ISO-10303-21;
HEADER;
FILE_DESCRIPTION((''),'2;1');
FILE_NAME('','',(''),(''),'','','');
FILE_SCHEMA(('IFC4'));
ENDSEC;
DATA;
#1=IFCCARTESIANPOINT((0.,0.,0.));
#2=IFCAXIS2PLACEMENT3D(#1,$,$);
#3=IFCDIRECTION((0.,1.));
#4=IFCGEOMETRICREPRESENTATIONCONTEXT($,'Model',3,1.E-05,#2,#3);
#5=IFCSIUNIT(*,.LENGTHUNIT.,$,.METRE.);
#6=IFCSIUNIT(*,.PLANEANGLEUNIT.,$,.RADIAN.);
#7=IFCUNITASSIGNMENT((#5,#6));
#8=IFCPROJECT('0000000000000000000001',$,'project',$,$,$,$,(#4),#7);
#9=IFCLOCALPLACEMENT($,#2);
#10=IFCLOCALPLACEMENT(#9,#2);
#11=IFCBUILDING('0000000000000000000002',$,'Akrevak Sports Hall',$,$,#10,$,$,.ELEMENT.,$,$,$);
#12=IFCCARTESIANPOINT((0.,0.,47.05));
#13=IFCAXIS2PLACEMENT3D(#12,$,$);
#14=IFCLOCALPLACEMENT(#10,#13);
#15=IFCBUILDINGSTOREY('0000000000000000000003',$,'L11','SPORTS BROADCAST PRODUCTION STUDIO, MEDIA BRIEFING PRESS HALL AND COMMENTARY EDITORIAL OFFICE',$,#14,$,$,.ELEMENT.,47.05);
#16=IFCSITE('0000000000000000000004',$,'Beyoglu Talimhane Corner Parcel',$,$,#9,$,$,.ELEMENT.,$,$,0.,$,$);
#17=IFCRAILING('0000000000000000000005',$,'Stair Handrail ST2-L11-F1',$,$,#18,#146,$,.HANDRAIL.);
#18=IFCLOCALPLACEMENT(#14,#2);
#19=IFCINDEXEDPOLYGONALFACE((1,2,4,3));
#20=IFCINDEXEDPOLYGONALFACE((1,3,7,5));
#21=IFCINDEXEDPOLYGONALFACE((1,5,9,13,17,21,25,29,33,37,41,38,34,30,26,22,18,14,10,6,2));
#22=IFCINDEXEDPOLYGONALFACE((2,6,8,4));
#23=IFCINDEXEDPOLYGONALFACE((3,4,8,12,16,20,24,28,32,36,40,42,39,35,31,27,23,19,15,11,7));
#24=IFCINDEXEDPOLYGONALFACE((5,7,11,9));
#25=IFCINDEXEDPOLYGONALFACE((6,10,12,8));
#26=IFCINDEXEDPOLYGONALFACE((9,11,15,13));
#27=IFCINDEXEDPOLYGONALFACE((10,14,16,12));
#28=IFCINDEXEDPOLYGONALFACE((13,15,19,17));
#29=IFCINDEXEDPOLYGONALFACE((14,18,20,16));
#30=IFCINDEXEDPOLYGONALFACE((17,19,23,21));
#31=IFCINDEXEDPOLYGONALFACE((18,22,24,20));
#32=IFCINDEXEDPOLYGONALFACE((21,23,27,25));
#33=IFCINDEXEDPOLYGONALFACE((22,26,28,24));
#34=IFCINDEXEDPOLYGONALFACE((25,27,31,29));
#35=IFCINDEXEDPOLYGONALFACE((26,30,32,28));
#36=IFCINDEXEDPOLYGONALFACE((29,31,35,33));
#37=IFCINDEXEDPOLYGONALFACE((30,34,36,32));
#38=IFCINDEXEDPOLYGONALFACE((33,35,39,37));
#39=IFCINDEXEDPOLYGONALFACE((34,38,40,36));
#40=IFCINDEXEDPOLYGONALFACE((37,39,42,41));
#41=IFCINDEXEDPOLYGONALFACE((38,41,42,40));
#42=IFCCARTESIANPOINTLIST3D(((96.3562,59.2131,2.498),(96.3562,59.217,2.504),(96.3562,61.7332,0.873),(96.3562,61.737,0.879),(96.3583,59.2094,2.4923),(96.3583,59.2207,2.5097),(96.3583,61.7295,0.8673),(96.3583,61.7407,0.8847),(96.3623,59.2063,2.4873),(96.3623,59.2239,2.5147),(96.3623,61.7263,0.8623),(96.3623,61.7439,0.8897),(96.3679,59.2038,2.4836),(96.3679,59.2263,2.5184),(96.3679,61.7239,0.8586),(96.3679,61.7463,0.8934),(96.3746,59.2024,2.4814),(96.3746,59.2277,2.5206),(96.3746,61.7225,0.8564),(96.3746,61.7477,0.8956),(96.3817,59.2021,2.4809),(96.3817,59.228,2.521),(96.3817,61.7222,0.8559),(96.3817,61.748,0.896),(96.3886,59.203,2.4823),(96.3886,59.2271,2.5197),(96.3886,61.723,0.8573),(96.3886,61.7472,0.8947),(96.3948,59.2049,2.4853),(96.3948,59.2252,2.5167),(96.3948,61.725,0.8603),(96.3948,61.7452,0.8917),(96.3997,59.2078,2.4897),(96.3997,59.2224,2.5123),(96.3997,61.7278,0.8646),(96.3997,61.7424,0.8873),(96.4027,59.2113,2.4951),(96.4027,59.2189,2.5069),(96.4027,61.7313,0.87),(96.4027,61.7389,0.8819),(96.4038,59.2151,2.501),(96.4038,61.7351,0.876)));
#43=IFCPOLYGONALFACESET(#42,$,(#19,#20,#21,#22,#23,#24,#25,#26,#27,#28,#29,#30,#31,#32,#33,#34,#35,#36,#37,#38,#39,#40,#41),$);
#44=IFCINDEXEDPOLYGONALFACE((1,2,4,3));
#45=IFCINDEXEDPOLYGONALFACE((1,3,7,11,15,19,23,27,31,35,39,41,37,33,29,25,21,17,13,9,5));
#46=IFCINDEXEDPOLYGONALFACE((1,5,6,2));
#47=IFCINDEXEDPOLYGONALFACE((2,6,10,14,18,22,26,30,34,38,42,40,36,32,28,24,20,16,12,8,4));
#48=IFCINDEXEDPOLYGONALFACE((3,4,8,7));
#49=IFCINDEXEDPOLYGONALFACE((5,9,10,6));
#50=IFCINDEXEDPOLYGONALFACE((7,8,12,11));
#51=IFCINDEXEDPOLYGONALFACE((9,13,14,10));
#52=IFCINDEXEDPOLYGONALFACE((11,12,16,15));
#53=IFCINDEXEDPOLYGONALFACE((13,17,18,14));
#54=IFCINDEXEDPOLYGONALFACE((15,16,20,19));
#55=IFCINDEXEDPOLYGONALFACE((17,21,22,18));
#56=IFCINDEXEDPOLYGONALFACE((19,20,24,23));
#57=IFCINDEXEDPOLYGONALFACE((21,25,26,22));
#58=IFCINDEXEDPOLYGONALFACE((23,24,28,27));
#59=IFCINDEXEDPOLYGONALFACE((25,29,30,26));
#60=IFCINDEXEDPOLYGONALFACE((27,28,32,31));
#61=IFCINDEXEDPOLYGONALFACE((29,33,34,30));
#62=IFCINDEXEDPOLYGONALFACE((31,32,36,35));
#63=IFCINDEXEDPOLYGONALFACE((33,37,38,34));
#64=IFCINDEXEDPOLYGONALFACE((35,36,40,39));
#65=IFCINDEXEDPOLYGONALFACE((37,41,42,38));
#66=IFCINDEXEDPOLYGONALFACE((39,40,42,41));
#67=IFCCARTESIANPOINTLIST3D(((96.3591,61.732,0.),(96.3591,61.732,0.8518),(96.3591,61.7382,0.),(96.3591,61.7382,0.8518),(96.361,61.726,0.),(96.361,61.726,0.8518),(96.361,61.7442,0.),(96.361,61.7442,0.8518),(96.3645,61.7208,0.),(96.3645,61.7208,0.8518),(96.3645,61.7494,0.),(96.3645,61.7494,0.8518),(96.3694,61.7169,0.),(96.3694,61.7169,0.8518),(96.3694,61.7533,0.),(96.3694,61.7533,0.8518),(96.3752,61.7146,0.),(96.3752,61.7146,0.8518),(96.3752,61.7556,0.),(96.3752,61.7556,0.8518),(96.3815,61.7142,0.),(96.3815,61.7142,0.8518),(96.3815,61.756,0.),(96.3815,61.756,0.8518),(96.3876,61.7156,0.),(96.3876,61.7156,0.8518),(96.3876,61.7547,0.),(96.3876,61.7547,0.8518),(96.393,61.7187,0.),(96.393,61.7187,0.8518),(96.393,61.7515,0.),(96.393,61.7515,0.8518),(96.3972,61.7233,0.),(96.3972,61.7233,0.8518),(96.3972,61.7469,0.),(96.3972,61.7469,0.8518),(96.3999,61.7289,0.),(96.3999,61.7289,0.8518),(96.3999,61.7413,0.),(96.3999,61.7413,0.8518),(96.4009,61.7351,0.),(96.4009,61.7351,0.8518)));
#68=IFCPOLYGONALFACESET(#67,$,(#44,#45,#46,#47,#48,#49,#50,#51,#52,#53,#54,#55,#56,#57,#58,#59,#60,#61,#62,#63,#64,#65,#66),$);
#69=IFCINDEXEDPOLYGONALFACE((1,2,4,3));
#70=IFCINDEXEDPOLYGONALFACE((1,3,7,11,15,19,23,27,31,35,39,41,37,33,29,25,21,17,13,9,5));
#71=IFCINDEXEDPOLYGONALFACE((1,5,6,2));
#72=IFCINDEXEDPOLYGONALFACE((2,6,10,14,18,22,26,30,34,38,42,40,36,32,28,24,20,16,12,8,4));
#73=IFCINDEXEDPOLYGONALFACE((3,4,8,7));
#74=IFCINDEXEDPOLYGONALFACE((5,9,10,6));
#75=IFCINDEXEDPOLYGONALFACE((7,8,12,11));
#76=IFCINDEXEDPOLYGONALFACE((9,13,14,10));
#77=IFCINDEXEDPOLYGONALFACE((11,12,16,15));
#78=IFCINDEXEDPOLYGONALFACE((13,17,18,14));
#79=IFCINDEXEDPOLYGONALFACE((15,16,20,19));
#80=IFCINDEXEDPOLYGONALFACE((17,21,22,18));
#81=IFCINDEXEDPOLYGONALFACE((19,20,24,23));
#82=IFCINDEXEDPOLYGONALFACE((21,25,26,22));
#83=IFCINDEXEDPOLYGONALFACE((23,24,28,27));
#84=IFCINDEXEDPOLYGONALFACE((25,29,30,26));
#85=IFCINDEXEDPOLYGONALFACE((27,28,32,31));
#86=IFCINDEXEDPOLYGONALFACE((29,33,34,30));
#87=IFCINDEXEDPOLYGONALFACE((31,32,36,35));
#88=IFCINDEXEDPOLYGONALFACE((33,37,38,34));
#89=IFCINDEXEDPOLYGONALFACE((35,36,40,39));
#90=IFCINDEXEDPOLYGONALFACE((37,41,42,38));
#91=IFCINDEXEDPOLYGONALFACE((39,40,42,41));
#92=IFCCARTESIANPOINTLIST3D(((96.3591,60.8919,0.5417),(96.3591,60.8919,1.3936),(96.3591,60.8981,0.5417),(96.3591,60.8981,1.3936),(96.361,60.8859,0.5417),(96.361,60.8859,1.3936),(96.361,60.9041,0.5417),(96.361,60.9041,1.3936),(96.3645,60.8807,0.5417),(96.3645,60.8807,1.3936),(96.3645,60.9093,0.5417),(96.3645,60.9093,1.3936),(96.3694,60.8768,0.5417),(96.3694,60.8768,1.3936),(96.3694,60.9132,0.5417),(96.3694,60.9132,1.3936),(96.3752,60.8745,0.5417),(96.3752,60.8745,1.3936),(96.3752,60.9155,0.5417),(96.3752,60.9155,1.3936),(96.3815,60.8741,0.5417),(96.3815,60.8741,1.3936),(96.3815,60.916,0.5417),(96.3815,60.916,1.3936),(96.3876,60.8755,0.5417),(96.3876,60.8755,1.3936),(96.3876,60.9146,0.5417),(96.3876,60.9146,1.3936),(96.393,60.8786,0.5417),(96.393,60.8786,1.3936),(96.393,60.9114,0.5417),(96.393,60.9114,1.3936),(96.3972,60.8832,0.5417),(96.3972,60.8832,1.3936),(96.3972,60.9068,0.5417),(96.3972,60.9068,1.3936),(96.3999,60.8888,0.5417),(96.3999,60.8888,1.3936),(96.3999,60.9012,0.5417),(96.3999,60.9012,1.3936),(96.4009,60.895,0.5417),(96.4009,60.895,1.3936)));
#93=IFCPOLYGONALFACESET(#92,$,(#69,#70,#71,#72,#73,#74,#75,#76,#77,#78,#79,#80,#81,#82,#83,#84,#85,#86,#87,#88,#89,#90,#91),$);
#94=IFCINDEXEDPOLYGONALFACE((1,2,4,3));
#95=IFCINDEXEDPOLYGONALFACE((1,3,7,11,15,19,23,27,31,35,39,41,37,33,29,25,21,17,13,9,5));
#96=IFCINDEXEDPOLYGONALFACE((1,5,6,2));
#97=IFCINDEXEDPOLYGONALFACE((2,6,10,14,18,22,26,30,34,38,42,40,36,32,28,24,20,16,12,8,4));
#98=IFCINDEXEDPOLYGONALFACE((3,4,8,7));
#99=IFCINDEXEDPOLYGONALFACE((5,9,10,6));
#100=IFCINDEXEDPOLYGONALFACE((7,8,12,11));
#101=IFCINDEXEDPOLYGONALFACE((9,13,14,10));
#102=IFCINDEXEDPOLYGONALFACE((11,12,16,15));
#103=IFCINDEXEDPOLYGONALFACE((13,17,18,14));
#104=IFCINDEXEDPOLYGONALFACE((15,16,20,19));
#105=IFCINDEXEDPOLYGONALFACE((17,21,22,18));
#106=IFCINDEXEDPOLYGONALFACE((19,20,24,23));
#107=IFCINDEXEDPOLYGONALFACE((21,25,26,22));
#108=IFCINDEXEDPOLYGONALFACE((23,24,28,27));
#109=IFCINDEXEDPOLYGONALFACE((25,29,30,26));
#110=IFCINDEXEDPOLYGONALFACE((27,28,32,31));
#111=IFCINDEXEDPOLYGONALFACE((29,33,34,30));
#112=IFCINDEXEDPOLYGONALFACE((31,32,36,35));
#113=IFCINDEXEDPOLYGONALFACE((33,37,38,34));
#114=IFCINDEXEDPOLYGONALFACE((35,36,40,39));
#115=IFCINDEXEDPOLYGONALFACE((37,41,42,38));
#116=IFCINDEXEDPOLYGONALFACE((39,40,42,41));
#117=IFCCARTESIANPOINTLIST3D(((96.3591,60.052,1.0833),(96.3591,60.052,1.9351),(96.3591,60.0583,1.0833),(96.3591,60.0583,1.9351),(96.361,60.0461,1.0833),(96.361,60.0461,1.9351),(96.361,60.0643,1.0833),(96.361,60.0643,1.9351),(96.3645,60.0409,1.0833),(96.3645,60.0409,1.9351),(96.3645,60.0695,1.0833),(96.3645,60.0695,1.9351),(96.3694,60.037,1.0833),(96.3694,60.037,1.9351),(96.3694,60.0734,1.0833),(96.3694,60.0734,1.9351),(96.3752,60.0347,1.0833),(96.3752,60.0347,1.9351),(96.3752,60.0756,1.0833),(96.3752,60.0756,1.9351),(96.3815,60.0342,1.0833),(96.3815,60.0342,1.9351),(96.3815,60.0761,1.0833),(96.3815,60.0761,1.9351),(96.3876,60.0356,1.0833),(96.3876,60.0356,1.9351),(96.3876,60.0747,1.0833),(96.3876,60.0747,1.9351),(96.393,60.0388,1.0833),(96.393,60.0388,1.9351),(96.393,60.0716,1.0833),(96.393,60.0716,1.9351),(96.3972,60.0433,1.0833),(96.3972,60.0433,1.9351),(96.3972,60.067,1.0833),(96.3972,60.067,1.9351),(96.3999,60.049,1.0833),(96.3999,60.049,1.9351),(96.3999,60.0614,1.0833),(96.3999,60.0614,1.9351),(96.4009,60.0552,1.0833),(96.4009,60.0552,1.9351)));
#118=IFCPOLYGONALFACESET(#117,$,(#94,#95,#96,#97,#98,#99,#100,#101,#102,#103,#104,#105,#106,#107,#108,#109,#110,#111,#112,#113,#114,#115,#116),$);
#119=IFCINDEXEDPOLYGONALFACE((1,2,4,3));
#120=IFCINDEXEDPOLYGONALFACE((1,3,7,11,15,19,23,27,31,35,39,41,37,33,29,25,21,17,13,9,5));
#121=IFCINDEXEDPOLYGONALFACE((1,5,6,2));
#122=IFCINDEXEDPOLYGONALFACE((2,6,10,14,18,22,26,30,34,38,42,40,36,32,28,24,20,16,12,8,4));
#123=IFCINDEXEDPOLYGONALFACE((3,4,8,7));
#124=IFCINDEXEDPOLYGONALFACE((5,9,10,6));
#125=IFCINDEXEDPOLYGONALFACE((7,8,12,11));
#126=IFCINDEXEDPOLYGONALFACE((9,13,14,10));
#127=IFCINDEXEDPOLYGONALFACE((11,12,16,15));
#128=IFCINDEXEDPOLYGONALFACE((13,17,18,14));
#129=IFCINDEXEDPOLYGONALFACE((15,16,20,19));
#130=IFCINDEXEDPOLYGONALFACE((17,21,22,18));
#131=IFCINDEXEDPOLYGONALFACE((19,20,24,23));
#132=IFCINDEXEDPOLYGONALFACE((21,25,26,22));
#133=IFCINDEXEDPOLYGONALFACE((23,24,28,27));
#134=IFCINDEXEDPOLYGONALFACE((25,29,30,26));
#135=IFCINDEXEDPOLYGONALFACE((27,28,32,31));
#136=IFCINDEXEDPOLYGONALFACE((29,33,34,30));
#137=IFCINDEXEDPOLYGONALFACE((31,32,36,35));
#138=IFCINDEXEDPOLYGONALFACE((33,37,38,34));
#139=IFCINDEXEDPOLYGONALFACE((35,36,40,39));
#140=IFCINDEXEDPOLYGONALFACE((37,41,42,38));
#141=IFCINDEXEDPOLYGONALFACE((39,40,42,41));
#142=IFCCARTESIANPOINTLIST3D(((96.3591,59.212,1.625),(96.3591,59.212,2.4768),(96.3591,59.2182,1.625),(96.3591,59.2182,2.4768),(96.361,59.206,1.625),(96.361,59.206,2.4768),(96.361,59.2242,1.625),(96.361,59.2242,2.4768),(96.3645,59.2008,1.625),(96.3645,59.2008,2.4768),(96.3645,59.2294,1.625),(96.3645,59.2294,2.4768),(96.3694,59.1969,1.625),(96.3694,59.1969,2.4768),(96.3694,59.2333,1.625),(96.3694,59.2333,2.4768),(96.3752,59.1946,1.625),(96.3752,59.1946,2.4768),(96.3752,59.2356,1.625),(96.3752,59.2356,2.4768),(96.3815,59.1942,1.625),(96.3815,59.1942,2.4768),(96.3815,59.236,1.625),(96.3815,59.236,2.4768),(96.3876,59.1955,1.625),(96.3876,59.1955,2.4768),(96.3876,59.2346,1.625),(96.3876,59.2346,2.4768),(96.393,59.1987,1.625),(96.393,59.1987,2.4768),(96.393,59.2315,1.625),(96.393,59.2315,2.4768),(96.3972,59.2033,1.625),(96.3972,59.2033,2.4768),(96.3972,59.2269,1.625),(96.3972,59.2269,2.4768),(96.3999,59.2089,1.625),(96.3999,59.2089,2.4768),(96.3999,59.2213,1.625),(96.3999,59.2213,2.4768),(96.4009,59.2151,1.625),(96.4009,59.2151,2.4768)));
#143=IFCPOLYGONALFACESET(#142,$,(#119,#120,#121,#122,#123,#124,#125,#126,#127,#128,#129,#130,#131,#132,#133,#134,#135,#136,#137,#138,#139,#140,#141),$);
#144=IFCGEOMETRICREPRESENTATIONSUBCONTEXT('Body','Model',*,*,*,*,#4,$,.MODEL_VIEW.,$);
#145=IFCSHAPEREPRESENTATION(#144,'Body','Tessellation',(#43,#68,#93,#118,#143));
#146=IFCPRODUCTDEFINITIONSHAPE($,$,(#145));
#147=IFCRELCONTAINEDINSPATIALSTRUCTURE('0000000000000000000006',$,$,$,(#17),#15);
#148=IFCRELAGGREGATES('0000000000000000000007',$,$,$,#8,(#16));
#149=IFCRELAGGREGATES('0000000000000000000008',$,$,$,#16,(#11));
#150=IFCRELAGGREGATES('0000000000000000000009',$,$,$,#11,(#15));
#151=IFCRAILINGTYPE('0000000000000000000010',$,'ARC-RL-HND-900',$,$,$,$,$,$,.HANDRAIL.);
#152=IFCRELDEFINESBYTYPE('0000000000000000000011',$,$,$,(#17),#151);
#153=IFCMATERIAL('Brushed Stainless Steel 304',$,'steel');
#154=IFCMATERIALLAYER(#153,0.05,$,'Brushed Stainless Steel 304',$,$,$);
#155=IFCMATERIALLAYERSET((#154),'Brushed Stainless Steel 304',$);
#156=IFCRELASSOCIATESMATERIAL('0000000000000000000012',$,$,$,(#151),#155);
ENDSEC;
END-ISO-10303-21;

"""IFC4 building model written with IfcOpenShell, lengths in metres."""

from ifc_helpers import new_model, si_unit, direction, frame, origin, origin_2d, place, context, subcontext, project, spatial, circle, extrude, material, layer, layer_set, type_object, element, save


model = new_model("IFC4")

# Units and contexts
model_context = context("Model", 3, precision=1e-05, world=origin(), true_north=direction((0.0, 1.0)))
body_context = subcontext(model_context, "Body", "Model", "MODEL_VIEW")
ifc_project = project(units=[si_unit("LENGTHUNIT", "METRE"), si_unit("PLANEANGLEUNIT", "RADIAN")], contexts=[model_context])

# Site, building, storey
site_placement = place(None, origin())
site = spatial("IfcSite", under=ifc_project, at=site_placement, Name="Beyoglu Talimhane Corner Parcel", CompositionType="ELEMENT", RefElevation=0.0)
building_placement = place(site_placement, origin())
building = spatial("IfcBuilding", under=site, at=building_placement, Name="Akrevak Sports Hall", CompositionType="ELEMENT")
storey_placement = place(building_placement, frame((0.0, 0.0, 47.05)))
storey = spatial("IfcBuildingStorey", under=building, at=storey_placement, Name="L11", Description="SPORTS BROADCAST PRODUCTION STUDIO, MEDIA BRIEFING PRESS HALL AND COMMENTARY EDITORIAL OFFICE", CompositionType="ELEMENT", Elevation=47.05)

# Shared definitions
ifc_material_1 = material(Name="Brushed Stainless Steel 304", Category="steel")

# Railing
ifc_layer_1 = layer(ifc_material_1, 0.05, Name="Brushed Stainless Steel 304")
ifc_layer_set_1 = layer_set([ifc_layer_1], Name="Brushed Stainless Steel 304")
railing_type_1 = type_object("IfcRailingType", Name="ARC-RL-HND-900", PredefinedType="HANDRAIL", material=ifc_layer_set_1)
railing_1_placement = place(storey_placement, frame((96.3799, 61.7351, 0.0)))
element("IfcRailing", 1, at=railing_1_placement, inside=storey, type_object=railing_type_1, Name="Stair Handrail ST2-L11-F1", PredefinedType="HANDRAIL", context=body_context, shape_type="SweptSolid", body=[
    extrude(circle(Radius=0.0239, at=origin_2d()), frame((0.0, 0.0, 0.876), z_axis=(0.0, -0.840421, 0.541934), x_axis=(1.0, 0.0, 0.0)), (0.0, 0.0, 1.0), 2.9985),
    extrude(circle(Radius=0.021, at=origin_2d()), origin(), (0.0, 0.0, 1.0), 0.8518),
    extrude(circle(Radius=0.021, at=origin_2d()), frame((0.0, -0.8401, 0.5417)), (0.0, 0.0, 1.0), 0.8518),
    extrude(circle(Radius=0.021, at=origin_2d()), frame((0.0, -1.6799, 1.0833)), (0.0, 0.0, 1.0), 0.8518),
    extrude(circle(Radius=0.021, at=origin_2d()), frame((0.0, -2.52, 1.625)), (0.0, 0.0, 1.0), 0.8518),
])

save(model, "model.ifc")
